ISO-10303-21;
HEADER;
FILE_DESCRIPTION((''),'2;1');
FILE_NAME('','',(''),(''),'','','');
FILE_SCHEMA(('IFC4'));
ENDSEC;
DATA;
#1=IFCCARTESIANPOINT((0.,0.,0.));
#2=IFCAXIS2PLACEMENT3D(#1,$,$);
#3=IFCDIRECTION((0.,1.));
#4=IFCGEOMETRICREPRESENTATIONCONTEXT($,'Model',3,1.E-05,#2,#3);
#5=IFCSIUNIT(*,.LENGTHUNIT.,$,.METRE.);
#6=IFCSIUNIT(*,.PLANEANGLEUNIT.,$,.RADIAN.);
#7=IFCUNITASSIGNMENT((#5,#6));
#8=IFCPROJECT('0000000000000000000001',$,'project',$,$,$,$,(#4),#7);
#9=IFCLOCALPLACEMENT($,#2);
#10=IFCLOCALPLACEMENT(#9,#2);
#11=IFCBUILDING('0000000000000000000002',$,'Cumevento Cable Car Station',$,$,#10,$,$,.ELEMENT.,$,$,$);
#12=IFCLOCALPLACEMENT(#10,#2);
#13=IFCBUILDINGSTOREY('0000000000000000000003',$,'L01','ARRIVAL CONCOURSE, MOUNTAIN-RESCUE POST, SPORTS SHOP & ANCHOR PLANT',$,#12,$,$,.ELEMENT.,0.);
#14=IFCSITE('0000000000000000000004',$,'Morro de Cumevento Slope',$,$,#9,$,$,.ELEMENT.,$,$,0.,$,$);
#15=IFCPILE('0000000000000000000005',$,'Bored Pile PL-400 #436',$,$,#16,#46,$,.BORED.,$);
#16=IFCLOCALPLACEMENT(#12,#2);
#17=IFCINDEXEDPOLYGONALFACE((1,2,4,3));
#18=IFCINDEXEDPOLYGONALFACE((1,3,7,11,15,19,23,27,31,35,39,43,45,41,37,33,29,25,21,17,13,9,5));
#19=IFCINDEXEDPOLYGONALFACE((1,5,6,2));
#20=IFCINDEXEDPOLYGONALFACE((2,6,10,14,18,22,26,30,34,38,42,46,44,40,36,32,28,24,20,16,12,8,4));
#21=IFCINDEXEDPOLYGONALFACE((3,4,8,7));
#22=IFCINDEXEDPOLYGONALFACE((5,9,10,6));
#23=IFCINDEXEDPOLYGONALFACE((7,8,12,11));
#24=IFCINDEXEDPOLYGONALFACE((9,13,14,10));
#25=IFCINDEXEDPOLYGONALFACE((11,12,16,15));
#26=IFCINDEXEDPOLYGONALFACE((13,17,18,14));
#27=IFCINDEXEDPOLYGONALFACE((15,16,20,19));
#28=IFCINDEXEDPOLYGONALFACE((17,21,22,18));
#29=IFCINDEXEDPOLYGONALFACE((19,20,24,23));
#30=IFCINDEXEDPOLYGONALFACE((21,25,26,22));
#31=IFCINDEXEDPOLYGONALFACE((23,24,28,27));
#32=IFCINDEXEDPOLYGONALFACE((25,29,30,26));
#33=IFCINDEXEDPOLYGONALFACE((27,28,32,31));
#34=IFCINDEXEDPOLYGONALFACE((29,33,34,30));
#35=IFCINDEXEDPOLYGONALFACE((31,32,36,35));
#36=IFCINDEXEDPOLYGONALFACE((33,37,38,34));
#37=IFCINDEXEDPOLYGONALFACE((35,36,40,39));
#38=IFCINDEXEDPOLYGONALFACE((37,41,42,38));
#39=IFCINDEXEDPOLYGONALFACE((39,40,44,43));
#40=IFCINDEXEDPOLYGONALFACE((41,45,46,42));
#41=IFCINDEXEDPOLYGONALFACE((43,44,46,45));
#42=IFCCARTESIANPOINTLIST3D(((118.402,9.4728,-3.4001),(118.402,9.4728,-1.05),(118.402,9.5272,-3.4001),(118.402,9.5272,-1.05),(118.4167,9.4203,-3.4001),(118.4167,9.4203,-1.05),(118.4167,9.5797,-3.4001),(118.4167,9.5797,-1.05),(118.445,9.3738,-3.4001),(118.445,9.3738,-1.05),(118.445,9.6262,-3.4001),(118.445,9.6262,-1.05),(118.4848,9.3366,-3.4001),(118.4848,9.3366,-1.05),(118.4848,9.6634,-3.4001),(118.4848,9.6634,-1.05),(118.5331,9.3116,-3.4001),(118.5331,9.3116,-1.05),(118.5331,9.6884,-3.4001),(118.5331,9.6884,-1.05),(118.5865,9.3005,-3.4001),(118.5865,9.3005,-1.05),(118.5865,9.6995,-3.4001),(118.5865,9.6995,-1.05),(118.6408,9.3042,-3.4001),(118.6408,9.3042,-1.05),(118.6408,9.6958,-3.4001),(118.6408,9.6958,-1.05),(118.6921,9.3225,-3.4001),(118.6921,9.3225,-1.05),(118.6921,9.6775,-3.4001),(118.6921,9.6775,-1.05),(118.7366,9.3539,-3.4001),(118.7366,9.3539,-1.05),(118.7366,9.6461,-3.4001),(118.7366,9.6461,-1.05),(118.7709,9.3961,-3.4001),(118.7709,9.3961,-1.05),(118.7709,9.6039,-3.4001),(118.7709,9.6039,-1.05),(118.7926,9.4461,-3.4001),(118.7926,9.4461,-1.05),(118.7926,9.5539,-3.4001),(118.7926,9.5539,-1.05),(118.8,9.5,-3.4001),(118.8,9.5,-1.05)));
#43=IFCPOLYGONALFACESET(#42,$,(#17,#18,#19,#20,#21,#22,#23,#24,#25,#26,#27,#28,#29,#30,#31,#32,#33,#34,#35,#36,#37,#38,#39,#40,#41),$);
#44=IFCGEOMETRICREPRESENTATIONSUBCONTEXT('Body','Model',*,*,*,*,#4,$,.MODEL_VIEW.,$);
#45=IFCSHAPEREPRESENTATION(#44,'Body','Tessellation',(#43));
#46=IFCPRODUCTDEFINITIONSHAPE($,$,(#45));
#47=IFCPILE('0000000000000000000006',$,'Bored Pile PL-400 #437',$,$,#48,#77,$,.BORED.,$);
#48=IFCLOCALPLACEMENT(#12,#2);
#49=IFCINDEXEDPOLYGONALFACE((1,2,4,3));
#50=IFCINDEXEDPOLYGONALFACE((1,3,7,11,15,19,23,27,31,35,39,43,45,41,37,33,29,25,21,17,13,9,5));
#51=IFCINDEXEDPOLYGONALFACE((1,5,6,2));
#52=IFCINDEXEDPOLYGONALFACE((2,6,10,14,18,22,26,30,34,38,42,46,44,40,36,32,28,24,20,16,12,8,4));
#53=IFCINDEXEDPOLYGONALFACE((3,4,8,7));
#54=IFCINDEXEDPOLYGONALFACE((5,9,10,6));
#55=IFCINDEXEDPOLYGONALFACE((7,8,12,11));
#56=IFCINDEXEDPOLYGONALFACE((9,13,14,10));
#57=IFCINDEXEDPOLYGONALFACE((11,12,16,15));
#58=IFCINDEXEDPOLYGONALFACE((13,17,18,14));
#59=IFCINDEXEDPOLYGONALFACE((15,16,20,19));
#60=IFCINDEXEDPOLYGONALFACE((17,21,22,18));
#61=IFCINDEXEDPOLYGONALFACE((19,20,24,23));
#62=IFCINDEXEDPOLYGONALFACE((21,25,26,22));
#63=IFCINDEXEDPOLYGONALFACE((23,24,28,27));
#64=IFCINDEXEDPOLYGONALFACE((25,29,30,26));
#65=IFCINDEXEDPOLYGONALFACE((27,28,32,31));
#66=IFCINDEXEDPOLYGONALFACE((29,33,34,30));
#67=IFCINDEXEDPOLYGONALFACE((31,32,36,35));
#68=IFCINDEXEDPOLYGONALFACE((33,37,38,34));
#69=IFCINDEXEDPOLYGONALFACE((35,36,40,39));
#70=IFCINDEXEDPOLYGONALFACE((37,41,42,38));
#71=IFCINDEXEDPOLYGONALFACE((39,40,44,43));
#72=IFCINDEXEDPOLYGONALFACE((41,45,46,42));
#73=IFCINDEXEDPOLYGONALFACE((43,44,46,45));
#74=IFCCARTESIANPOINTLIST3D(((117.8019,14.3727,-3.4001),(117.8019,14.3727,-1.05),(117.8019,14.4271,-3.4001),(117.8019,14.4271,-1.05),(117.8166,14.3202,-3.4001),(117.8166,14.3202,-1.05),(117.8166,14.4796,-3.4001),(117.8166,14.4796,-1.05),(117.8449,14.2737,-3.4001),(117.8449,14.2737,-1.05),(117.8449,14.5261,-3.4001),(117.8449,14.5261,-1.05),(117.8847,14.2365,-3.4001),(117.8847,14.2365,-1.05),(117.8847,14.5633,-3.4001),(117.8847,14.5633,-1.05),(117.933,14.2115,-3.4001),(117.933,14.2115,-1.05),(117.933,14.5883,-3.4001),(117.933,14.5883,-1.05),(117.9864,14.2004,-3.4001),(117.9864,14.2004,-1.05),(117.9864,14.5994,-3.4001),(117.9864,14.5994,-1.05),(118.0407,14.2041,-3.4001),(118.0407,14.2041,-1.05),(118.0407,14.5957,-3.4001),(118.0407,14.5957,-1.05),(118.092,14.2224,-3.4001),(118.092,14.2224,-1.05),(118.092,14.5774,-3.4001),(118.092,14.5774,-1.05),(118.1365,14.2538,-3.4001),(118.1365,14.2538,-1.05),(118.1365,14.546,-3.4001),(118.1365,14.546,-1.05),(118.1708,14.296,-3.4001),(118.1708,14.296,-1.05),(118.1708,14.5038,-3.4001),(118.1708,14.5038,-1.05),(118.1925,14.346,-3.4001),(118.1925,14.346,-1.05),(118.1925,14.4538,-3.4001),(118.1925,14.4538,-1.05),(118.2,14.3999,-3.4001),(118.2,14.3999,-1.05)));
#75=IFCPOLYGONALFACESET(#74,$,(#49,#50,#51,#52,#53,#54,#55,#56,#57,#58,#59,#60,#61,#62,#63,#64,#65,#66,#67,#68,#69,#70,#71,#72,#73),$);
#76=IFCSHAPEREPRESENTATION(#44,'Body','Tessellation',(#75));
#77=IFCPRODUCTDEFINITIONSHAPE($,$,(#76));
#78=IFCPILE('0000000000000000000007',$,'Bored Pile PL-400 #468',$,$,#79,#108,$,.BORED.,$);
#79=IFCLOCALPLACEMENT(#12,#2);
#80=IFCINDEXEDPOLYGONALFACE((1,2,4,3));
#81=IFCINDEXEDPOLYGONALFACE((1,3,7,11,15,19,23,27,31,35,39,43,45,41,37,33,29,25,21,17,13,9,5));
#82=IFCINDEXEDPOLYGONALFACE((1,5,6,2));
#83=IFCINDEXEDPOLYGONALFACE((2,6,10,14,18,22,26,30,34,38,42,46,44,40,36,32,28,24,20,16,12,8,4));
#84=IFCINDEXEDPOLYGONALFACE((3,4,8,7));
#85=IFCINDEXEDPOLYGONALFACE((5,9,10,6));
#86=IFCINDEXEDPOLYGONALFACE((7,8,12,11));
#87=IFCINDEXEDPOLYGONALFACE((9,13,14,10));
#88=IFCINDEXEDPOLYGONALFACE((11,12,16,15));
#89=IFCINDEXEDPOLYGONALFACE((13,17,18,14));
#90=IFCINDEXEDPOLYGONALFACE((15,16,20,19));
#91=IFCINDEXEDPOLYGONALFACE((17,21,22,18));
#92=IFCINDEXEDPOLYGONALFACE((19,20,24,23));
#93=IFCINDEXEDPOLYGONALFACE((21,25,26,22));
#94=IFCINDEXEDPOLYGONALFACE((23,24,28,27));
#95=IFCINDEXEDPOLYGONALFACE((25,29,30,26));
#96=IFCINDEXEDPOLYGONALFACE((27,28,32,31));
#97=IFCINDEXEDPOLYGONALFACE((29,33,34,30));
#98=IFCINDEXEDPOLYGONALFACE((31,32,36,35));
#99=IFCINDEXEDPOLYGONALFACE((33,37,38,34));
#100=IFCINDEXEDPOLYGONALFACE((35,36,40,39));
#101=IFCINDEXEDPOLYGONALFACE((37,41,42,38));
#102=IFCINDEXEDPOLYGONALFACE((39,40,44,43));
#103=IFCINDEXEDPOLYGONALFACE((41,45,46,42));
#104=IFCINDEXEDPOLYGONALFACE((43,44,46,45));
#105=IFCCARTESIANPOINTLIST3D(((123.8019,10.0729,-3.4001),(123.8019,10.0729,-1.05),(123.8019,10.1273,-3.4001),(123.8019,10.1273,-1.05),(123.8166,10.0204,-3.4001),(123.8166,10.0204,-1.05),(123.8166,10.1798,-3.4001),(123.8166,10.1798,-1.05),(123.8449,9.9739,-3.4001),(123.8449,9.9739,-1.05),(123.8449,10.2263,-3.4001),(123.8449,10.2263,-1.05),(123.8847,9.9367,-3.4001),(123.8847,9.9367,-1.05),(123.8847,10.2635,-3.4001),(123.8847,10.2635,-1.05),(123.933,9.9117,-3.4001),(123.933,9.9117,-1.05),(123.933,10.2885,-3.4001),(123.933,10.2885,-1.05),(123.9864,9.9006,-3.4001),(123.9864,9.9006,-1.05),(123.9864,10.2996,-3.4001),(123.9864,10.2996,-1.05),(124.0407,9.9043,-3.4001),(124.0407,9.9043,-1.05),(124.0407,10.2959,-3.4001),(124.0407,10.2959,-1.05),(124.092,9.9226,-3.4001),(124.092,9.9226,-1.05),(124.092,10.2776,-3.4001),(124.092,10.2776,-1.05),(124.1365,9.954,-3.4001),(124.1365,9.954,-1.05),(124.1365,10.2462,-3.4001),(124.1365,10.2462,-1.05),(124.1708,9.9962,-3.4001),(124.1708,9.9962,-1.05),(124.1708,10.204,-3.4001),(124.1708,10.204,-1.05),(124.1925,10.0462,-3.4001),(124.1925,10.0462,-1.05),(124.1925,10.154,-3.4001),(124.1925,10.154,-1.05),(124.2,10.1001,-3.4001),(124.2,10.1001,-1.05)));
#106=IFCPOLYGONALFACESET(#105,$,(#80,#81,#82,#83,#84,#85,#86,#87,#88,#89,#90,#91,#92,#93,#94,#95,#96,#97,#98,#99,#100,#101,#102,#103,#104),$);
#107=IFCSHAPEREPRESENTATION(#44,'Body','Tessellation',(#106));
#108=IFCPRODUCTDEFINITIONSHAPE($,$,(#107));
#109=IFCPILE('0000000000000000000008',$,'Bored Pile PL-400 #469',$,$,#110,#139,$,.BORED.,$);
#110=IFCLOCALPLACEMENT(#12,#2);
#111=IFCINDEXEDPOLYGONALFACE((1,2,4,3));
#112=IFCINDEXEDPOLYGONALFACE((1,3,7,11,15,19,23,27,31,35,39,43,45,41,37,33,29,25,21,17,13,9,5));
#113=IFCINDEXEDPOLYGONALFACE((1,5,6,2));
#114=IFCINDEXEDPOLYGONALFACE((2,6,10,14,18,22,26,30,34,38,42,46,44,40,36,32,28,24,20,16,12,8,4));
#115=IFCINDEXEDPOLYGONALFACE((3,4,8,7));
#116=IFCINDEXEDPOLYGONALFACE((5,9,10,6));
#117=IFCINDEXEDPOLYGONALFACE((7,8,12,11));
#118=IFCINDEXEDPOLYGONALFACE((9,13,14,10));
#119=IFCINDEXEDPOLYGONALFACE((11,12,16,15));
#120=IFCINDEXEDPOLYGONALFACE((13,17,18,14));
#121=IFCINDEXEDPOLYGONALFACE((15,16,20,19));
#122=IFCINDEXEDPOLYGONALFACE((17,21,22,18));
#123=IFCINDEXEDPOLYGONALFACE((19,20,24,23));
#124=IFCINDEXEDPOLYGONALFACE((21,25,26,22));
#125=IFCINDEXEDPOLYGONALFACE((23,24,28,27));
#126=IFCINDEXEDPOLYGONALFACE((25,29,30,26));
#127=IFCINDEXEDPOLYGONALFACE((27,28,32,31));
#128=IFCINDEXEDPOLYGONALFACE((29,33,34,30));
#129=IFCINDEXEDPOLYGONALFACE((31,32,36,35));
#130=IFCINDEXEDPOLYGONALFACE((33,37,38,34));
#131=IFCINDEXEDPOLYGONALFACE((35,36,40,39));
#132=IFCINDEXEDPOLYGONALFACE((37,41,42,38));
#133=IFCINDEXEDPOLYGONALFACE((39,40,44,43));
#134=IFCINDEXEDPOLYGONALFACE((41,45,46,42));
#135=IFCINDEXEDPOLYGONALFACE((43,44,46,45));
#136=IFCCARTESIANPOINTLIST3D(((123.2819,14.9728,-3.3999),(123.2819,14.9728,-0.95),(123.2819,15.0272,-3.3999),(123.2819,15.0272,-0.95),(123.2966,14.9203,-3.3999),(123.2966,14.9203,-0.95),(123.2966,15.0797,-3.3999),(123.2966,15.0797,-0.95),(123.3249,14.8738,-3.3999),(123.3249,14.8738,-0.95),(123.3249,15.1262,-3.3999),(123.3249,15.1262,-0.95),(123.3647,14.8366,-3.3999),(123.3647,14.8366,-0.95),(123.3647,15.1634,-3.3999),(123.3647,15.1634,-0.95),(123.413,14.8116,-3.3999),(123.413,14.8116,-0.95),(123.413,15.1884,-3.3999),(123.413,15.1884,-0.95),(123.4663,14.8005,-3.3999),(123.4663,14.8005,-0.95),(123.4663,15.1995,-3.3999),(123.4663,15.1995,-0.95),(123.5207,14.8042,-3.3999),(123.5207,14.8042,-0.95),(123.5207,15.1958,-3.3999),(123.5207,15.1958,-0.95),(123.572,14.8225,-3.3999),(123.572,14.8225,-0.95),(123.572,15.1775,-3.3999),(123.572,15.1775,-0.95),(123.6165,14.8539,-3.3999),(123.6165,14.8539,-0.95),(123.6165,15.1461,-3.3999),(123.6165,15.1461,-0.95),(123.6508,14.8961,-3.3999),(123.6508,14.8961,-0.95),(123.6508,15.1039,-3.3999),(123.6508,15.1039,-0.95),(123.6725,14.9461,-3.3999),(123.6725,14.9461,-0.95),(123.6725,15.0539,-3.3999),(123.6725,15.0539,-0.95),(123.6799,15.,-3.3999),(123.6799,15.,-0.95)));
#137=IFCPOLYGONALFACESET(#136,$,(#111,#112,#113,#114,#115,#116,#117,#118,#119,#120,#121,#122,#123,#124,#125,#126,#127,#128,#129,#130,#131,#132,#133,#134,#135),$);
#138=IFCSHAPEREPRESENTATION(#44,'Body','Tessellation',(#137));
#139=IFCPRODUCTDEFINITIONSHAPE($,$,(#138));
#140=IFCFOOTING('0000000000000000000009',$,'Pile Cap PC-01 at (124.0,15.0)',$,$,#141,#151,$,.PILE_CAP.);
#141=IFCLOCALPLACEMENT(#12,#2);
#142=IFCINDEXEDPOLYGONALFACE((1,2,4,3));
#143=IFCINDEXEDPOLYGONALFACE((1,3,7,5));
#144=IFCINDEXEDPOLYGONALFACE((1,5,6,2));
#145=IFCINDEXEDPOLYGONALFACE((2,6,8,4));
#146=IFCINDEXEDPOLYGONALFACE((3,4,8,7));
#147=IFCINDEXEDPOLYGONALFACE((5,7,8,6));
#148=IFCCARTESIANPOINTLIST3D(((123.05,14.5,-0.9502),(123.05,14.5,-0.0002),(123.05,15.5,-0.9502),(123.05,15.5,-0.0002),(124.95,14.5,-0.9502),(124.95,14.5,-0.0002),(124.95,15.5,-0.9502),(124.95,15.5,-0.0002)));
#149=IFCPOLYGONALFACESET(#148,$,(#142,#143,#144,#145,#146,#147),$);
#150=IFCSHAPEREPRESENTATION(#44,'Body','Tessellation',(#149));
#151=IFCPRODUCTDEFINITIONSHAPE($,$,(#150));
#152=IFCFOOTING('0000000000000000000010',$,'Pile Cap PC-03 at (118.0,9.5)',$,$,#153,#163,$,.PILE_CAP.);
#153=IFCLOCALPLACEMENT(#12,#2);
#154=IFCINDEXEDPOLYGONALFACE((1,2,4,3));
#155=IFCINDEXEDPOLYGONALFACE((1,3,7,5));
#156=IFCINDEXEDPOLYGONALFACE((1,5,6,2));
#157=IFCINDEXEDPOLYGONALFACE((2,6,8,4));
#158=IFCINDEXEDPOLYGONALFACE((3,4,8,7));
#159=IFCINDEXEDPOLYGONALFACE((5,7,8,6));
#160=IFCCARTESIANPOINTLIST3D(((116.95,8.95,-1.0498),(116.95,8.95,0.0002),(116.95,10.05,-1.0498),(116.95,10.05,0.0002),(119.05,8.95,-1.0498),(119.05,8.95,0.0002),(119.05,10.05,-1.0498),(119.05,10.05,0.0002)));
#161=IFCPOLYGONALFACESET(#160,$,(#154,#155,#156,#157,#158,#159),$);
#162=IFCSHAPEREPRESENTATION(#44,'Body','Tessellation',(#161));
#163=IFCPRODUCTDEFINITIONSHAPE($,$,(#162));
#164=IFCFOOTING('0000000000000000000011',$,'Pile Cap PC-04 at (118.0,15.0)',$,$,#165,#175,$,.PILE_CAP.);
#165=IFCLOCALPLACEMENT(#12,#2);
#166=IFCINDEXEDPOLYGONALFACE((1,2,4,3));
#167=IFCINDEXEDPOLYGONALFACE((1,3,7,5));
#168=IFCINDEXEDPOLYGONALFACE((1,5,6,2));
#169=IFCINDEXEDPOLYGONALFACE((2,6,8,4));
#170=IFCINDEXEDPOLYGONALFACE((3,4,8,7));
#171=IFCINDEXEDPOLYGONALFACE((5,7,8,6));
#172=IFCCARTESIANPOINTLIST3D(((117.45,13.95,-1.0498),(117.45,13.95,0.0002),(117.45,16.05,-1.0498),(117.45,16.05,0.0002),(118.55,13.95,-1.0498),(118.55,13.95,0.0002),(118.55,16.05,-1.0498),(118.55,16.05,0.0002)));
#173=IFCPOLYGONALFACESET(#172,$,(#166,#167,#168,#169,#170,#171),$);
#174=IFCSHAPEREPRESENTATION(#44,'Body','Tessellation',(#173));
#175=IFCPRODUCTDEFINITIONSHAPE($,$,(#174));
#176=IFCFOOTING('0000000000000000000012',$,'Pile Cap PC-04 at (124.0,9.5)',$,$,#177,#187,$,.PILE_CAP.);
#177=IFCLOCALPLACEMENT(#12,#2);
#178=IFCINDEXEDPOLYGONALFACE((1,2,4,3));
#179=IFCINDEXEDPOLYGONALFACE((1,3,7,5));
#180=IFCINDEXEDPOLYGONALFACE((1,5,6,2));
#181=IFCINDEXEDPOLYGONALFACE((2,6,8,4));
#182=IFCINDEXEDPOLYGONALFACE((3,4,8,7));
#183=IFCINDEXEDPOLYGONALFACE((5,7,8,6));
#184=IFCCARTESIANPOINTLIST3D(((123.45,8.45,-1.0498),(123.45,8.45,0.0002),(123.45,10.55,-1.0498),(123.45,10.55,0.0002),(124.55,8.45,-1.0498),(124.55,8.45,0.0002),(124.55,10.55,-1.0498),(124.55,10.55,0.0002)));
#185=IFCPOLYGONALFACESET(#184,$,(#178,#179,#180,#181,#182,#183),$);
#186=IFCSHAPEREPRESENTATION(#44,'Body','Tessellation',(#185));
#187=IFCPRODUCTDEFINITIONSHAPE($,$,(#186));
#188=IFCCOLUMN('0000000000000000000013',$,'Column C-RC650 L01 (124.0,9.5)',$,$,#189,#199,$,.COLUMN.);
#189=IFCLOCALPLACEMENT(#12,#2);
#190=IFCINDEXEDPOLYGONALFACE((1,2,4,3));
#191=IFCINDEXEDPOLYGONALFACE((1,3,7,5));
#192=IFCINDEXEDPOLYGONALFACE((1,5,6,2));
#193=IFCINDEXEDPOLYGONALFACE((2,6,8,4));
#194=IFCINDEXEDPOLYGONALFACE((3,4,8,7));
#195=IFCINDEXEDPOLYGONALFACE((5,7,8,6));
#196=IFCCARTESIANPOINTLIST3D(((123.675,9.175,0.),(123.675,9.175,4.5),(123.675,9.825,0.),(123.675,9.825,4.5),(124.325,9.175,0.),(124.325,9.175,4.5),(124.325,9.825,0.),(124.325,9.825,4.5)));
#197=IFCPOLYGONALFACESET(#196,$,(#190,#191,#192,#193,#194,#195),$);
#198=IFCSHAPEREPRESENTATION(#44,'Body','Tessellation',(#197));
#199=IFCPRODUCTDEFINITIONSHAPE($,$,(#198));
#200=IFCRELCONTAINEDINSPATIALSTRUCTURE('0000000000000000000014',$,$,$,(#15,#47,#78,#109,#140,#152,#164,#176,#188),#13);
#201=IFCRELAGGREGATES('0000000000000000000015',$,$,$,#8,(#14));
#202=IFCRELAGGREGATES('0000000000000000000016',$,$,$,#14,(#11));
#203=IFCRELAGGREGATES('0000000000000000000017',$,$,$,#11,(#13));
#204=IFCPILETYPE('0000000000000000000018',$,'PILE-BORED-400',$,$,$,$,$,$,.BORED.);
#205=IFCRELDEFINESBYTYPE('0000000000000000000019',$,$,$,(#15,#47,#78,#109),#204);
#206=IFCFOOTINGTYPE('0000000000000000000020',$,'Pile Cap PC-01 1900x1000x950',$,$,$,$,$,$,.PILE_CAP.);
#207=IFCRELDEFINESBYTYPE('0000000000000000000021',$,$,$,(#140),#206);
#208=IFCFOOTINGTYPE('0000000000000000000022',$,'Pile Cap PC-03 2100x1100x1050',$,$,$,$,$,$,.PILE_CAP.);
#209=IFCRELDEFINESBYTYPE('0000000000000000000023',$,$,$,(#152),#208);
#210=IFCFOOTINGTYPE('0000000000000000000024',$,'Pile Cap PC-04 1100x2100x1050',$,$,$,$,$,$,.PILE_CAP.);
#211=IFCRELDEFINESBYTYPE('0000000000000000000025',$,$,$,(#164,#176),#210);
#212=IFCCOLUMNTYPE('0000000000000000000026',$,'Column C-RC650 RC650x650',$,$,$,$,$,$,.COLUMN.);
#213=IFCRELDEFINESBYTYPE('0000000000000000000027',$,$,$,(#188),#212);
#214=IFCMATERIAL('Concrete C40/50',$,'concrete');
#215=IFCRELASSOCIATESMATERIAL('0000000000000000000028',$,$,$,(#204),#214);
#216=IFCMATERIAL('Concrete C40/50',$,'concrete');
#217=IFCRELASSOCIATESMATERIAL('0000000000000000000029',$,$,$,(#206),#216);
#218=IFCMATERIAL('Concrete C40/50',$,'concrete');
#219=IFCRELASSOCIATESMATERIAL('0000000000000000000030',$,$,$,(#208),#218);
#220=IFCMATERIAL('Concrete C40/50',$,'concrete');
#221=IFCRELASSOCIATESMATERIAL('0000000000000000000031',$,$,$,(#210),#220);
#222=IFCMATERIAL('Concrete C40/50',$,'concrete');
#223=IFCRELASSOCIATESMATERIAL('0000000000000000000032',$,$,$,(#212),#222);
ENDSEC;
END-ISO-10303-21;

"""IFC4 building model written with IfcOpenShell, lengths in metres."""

from ifc_helpers import new_model, si_unit, direction, frame, origin, origin_2d, place, context, subcontext, project, spatial, rectangle, circle, extrude, material, material_profile, profile_set, type_object, element, save


model = new_model("IFC4")

# Units and contexts
model_context = context("Model", 3, precision=1e-05, world=origin(), true_north=direction((0.0, 1.0)))
body_context = subcontext(model_context, "Body", "Model", "MODEL_VIEW")
ifc_project = project(units=[si_unit("LENGTHUNIT", "METRE"), si_unit("PLANEANGLEUNIT", "RADIAN")], contexts=[model_context])

# Site, building, storey
site_placement = place(None, origin())
site = spatial("IfcSite", under=ifc_project, at=site_placement, Name="Morro de Cumevento Slope", CompositionType="ELEMENT", RefElevation=0.0)
building_placement = place(site_placement, origin())
building = spatial("IfcBuilding", under=site, at=building_placement, Name="Cumevento Cable Car Station", CompositionType="ELEMENT")
storey_placement = place(building_placement, origin())
storey = spatial("IfcBuildingStorey", under=building, at=storey_placement, Name="L01", Description="ARRIVAL CONCOURSE, MOUNTAIN-RESCUE POST, SPORTS SHOP & ANCHOR PLANT", CompositionType="ELEMENT", Elevation=0.0)

# Piles
ifc_material_1 = material(Name="Concrete C40/50", Category="concrete")
ifc_material_profile_1 = material_profile(ifc_material_1, circle(Radius=0.2, at=origin_2d()), Name="PILE-D400")
ifc_profile_set_1 = profile_set([ifc_material_profile_1], Name="Concrete C40/50")
pile_type = type_object("IfcPileType", Name="PILE-BORED-400", PredefinedType="BORED", material=ifc_profile_set_1)
for number, where, z_axis, x_axis, name in (
    (1, (118.6001, 9.5, -1.05), (0.0, 0.0, -1.0), (1.0, 0.0, 0.0), "Bored Pile PL-400 #436"),
    (2, (118.0, 14.3999, -1.05), (0.0, 0.0, -1.0), (1.0, 0.0, 0.0), "Bored Pile PL-400 #437"),
    (3, (124.0, 10.1001, -1.05), (0.0, 0.0, -1.0), (1.0, 0.0, 0.0), "Bored Pile PL-400 #468"),
):
    element("IfcPile", number, at=place(storey_placement, frame(where, z_axis=z_axis, x_axis=x_axis)), inside=storey, type_object=pile_type, Name=name, PredefinedType="BORED", context=body_context, shape_type="SweptSolid", body=[
        extrude(circle(Radius=0.2, at=origin_2d()), origin(), (0.0, 0.0, 1.0), 2.3501),
    ])
pile_placement = place(storey_placement, frame((123.48, 15.0, -0.95), z_axis=(0.0, 0.0, -1.0), x_axis=(1.0, 0.0, 0.0)))
element("IfcPile", 4, at=pile_placement, inside=storey, type_object=pile_type, Name="Bored Pile PL-400 #469", PredefinedType="BORED", context=body_context, shape_type="SweptSolid", body=[
    extrude(circle(Radius=0.2, at=origin_2d()), origin(), (0.0, 0.0, 1.0), 2.45),
])

# Footings
ifc_material_2 = material(Name="Concrete C40/50", Category="concrete")
footing_type_1 = type_object("IfcFootingType", Name="Pile Cap PC-01 1900x1000x950", PredefinedType="PILE_CAP", material=ifc_material_2)
footing_1_placement = place(storey_placement, frame((124.0, 15.0, -0.9502), z_axis=(0.0, 0.0, 1.0), x_axis=(1.0, 0.0, 0.0)))
element("IfcFooting", 5, at=footing_1_placement, inside=storey, type_object=footing_type_1, Name="Pile Cap PC-01 at (124.0,15.0)", PredefinedType="PILE_CAP", context=body_context, shape_type="SweptSolid", body=[
    extrude(rectangle(XDim=1.8999, YDim=1.0, at=origin_2d()), origin(), (0.0, 0.0, 1.0), 0.95),
])
ifc_material_3 = material(Name="Concrete C40/50", Category="concrete")
footing_type_2 = type_object("IfcFootingType", Name="Pile Cap PC-03 2100x1100x1050", PredefinedType="PILE_CAP", material=ifc_material_3)
footing_2_placement = place(storey_placement, frame((118.0, 9.5, -1.0498), z_axis=(0.0, 0.0, 1.0), x_axis=(1.0, 0.0, 0.0)))
element("IfcFooting", 6, at=footing_2_placement, inside=storey, type_object=footing_type_2, Name="Pile Cap PC-03 at (118.0,9.5)", PredefinedType="PILE_CAP", context=body_context, shape_type="SweptSolid", body=[
    extrude(rectangle(XDim=2.1001, YDim=1.1001, at=origin_2d()), origin(), (0.0, 0.0, 1.0), 1.05),
])
ifc_material_4 = material(Name="Concrete C40/50", Category="concrete")
footing_type_3 = type_object("IfcFootingType", Name="Pile Cap PC-04 1100x2100x1050", PredefinedType="PILE_CAP", material=ifc_material_4)
for number, where, z_axis, x_axis, name in (
    (7, (118.0, 15.0, -1.0498), (0.0, 0.0, 1.0), (1.0, 0.0, 0.0), "Pile Cap PC-04 at (118.0,15.0)"),
    (8, (124.0, 9.5, -1.0498), (0.0, 0.0, 1.0), (1.0, 0.0, 0.0), "Pile Cap PC-04 at (124.0,9.5)"),
):
    element("IfcFooting", number, at=place(storey_placement, frame(where, z_axis=z_axis, x_axis=x_axis)), inside=storey, type_object=footing_type_3, Name=name, PredefinedType="PILE_CAP", context=body_context, shape_type="SweptSolid", body=[
        extrude(rectangle(XDim=1.1001, YDim=2.1001, at=origin_2d()), origin(), (0.0, 0.0, 1.0), 1.05),
    ])

# Column
ifc_material_5 = material(Name="Concrete C40/50", Category="concrete")
ifc_material_profile_2 = material_profile(ifc_material_5, rectangle(XDim=0.6499, YDim=0.6499, at=origin_2d()), Name="RC650x650")
ifc_profile_set_2 = profile_set([ifc_material_profile_2], Name="Concrete C40/50")
column_type_1 = type_object("IfcColumnType", Name="Column C-RC650 RC650x650", PredefinedType="COLUMN", material=ifc_profile_set_2)
column_1_placement = place(storey_placement, frame((124.0, 9.5, 0.0), z_axis=(0.0, 0.0, 1.0), x_axis=(1.0, 0.0, 0.0)))
element("IfcColumn", 9, at=column_1_placement, inside=storey, type_object=column_type_1, Name="Column C-RC650 L01 (124.0,9.5)", PredefinedType="COLUMN", context=body_context, shape_type="SweptSolid", body=[
    extrude(rectangle(XDim=0.6499, YDim=0.6499, at=origin_2d()), origin(), (0.0, 0.0, 1.0), 4.5),
])

save(model, "model.ifc")
